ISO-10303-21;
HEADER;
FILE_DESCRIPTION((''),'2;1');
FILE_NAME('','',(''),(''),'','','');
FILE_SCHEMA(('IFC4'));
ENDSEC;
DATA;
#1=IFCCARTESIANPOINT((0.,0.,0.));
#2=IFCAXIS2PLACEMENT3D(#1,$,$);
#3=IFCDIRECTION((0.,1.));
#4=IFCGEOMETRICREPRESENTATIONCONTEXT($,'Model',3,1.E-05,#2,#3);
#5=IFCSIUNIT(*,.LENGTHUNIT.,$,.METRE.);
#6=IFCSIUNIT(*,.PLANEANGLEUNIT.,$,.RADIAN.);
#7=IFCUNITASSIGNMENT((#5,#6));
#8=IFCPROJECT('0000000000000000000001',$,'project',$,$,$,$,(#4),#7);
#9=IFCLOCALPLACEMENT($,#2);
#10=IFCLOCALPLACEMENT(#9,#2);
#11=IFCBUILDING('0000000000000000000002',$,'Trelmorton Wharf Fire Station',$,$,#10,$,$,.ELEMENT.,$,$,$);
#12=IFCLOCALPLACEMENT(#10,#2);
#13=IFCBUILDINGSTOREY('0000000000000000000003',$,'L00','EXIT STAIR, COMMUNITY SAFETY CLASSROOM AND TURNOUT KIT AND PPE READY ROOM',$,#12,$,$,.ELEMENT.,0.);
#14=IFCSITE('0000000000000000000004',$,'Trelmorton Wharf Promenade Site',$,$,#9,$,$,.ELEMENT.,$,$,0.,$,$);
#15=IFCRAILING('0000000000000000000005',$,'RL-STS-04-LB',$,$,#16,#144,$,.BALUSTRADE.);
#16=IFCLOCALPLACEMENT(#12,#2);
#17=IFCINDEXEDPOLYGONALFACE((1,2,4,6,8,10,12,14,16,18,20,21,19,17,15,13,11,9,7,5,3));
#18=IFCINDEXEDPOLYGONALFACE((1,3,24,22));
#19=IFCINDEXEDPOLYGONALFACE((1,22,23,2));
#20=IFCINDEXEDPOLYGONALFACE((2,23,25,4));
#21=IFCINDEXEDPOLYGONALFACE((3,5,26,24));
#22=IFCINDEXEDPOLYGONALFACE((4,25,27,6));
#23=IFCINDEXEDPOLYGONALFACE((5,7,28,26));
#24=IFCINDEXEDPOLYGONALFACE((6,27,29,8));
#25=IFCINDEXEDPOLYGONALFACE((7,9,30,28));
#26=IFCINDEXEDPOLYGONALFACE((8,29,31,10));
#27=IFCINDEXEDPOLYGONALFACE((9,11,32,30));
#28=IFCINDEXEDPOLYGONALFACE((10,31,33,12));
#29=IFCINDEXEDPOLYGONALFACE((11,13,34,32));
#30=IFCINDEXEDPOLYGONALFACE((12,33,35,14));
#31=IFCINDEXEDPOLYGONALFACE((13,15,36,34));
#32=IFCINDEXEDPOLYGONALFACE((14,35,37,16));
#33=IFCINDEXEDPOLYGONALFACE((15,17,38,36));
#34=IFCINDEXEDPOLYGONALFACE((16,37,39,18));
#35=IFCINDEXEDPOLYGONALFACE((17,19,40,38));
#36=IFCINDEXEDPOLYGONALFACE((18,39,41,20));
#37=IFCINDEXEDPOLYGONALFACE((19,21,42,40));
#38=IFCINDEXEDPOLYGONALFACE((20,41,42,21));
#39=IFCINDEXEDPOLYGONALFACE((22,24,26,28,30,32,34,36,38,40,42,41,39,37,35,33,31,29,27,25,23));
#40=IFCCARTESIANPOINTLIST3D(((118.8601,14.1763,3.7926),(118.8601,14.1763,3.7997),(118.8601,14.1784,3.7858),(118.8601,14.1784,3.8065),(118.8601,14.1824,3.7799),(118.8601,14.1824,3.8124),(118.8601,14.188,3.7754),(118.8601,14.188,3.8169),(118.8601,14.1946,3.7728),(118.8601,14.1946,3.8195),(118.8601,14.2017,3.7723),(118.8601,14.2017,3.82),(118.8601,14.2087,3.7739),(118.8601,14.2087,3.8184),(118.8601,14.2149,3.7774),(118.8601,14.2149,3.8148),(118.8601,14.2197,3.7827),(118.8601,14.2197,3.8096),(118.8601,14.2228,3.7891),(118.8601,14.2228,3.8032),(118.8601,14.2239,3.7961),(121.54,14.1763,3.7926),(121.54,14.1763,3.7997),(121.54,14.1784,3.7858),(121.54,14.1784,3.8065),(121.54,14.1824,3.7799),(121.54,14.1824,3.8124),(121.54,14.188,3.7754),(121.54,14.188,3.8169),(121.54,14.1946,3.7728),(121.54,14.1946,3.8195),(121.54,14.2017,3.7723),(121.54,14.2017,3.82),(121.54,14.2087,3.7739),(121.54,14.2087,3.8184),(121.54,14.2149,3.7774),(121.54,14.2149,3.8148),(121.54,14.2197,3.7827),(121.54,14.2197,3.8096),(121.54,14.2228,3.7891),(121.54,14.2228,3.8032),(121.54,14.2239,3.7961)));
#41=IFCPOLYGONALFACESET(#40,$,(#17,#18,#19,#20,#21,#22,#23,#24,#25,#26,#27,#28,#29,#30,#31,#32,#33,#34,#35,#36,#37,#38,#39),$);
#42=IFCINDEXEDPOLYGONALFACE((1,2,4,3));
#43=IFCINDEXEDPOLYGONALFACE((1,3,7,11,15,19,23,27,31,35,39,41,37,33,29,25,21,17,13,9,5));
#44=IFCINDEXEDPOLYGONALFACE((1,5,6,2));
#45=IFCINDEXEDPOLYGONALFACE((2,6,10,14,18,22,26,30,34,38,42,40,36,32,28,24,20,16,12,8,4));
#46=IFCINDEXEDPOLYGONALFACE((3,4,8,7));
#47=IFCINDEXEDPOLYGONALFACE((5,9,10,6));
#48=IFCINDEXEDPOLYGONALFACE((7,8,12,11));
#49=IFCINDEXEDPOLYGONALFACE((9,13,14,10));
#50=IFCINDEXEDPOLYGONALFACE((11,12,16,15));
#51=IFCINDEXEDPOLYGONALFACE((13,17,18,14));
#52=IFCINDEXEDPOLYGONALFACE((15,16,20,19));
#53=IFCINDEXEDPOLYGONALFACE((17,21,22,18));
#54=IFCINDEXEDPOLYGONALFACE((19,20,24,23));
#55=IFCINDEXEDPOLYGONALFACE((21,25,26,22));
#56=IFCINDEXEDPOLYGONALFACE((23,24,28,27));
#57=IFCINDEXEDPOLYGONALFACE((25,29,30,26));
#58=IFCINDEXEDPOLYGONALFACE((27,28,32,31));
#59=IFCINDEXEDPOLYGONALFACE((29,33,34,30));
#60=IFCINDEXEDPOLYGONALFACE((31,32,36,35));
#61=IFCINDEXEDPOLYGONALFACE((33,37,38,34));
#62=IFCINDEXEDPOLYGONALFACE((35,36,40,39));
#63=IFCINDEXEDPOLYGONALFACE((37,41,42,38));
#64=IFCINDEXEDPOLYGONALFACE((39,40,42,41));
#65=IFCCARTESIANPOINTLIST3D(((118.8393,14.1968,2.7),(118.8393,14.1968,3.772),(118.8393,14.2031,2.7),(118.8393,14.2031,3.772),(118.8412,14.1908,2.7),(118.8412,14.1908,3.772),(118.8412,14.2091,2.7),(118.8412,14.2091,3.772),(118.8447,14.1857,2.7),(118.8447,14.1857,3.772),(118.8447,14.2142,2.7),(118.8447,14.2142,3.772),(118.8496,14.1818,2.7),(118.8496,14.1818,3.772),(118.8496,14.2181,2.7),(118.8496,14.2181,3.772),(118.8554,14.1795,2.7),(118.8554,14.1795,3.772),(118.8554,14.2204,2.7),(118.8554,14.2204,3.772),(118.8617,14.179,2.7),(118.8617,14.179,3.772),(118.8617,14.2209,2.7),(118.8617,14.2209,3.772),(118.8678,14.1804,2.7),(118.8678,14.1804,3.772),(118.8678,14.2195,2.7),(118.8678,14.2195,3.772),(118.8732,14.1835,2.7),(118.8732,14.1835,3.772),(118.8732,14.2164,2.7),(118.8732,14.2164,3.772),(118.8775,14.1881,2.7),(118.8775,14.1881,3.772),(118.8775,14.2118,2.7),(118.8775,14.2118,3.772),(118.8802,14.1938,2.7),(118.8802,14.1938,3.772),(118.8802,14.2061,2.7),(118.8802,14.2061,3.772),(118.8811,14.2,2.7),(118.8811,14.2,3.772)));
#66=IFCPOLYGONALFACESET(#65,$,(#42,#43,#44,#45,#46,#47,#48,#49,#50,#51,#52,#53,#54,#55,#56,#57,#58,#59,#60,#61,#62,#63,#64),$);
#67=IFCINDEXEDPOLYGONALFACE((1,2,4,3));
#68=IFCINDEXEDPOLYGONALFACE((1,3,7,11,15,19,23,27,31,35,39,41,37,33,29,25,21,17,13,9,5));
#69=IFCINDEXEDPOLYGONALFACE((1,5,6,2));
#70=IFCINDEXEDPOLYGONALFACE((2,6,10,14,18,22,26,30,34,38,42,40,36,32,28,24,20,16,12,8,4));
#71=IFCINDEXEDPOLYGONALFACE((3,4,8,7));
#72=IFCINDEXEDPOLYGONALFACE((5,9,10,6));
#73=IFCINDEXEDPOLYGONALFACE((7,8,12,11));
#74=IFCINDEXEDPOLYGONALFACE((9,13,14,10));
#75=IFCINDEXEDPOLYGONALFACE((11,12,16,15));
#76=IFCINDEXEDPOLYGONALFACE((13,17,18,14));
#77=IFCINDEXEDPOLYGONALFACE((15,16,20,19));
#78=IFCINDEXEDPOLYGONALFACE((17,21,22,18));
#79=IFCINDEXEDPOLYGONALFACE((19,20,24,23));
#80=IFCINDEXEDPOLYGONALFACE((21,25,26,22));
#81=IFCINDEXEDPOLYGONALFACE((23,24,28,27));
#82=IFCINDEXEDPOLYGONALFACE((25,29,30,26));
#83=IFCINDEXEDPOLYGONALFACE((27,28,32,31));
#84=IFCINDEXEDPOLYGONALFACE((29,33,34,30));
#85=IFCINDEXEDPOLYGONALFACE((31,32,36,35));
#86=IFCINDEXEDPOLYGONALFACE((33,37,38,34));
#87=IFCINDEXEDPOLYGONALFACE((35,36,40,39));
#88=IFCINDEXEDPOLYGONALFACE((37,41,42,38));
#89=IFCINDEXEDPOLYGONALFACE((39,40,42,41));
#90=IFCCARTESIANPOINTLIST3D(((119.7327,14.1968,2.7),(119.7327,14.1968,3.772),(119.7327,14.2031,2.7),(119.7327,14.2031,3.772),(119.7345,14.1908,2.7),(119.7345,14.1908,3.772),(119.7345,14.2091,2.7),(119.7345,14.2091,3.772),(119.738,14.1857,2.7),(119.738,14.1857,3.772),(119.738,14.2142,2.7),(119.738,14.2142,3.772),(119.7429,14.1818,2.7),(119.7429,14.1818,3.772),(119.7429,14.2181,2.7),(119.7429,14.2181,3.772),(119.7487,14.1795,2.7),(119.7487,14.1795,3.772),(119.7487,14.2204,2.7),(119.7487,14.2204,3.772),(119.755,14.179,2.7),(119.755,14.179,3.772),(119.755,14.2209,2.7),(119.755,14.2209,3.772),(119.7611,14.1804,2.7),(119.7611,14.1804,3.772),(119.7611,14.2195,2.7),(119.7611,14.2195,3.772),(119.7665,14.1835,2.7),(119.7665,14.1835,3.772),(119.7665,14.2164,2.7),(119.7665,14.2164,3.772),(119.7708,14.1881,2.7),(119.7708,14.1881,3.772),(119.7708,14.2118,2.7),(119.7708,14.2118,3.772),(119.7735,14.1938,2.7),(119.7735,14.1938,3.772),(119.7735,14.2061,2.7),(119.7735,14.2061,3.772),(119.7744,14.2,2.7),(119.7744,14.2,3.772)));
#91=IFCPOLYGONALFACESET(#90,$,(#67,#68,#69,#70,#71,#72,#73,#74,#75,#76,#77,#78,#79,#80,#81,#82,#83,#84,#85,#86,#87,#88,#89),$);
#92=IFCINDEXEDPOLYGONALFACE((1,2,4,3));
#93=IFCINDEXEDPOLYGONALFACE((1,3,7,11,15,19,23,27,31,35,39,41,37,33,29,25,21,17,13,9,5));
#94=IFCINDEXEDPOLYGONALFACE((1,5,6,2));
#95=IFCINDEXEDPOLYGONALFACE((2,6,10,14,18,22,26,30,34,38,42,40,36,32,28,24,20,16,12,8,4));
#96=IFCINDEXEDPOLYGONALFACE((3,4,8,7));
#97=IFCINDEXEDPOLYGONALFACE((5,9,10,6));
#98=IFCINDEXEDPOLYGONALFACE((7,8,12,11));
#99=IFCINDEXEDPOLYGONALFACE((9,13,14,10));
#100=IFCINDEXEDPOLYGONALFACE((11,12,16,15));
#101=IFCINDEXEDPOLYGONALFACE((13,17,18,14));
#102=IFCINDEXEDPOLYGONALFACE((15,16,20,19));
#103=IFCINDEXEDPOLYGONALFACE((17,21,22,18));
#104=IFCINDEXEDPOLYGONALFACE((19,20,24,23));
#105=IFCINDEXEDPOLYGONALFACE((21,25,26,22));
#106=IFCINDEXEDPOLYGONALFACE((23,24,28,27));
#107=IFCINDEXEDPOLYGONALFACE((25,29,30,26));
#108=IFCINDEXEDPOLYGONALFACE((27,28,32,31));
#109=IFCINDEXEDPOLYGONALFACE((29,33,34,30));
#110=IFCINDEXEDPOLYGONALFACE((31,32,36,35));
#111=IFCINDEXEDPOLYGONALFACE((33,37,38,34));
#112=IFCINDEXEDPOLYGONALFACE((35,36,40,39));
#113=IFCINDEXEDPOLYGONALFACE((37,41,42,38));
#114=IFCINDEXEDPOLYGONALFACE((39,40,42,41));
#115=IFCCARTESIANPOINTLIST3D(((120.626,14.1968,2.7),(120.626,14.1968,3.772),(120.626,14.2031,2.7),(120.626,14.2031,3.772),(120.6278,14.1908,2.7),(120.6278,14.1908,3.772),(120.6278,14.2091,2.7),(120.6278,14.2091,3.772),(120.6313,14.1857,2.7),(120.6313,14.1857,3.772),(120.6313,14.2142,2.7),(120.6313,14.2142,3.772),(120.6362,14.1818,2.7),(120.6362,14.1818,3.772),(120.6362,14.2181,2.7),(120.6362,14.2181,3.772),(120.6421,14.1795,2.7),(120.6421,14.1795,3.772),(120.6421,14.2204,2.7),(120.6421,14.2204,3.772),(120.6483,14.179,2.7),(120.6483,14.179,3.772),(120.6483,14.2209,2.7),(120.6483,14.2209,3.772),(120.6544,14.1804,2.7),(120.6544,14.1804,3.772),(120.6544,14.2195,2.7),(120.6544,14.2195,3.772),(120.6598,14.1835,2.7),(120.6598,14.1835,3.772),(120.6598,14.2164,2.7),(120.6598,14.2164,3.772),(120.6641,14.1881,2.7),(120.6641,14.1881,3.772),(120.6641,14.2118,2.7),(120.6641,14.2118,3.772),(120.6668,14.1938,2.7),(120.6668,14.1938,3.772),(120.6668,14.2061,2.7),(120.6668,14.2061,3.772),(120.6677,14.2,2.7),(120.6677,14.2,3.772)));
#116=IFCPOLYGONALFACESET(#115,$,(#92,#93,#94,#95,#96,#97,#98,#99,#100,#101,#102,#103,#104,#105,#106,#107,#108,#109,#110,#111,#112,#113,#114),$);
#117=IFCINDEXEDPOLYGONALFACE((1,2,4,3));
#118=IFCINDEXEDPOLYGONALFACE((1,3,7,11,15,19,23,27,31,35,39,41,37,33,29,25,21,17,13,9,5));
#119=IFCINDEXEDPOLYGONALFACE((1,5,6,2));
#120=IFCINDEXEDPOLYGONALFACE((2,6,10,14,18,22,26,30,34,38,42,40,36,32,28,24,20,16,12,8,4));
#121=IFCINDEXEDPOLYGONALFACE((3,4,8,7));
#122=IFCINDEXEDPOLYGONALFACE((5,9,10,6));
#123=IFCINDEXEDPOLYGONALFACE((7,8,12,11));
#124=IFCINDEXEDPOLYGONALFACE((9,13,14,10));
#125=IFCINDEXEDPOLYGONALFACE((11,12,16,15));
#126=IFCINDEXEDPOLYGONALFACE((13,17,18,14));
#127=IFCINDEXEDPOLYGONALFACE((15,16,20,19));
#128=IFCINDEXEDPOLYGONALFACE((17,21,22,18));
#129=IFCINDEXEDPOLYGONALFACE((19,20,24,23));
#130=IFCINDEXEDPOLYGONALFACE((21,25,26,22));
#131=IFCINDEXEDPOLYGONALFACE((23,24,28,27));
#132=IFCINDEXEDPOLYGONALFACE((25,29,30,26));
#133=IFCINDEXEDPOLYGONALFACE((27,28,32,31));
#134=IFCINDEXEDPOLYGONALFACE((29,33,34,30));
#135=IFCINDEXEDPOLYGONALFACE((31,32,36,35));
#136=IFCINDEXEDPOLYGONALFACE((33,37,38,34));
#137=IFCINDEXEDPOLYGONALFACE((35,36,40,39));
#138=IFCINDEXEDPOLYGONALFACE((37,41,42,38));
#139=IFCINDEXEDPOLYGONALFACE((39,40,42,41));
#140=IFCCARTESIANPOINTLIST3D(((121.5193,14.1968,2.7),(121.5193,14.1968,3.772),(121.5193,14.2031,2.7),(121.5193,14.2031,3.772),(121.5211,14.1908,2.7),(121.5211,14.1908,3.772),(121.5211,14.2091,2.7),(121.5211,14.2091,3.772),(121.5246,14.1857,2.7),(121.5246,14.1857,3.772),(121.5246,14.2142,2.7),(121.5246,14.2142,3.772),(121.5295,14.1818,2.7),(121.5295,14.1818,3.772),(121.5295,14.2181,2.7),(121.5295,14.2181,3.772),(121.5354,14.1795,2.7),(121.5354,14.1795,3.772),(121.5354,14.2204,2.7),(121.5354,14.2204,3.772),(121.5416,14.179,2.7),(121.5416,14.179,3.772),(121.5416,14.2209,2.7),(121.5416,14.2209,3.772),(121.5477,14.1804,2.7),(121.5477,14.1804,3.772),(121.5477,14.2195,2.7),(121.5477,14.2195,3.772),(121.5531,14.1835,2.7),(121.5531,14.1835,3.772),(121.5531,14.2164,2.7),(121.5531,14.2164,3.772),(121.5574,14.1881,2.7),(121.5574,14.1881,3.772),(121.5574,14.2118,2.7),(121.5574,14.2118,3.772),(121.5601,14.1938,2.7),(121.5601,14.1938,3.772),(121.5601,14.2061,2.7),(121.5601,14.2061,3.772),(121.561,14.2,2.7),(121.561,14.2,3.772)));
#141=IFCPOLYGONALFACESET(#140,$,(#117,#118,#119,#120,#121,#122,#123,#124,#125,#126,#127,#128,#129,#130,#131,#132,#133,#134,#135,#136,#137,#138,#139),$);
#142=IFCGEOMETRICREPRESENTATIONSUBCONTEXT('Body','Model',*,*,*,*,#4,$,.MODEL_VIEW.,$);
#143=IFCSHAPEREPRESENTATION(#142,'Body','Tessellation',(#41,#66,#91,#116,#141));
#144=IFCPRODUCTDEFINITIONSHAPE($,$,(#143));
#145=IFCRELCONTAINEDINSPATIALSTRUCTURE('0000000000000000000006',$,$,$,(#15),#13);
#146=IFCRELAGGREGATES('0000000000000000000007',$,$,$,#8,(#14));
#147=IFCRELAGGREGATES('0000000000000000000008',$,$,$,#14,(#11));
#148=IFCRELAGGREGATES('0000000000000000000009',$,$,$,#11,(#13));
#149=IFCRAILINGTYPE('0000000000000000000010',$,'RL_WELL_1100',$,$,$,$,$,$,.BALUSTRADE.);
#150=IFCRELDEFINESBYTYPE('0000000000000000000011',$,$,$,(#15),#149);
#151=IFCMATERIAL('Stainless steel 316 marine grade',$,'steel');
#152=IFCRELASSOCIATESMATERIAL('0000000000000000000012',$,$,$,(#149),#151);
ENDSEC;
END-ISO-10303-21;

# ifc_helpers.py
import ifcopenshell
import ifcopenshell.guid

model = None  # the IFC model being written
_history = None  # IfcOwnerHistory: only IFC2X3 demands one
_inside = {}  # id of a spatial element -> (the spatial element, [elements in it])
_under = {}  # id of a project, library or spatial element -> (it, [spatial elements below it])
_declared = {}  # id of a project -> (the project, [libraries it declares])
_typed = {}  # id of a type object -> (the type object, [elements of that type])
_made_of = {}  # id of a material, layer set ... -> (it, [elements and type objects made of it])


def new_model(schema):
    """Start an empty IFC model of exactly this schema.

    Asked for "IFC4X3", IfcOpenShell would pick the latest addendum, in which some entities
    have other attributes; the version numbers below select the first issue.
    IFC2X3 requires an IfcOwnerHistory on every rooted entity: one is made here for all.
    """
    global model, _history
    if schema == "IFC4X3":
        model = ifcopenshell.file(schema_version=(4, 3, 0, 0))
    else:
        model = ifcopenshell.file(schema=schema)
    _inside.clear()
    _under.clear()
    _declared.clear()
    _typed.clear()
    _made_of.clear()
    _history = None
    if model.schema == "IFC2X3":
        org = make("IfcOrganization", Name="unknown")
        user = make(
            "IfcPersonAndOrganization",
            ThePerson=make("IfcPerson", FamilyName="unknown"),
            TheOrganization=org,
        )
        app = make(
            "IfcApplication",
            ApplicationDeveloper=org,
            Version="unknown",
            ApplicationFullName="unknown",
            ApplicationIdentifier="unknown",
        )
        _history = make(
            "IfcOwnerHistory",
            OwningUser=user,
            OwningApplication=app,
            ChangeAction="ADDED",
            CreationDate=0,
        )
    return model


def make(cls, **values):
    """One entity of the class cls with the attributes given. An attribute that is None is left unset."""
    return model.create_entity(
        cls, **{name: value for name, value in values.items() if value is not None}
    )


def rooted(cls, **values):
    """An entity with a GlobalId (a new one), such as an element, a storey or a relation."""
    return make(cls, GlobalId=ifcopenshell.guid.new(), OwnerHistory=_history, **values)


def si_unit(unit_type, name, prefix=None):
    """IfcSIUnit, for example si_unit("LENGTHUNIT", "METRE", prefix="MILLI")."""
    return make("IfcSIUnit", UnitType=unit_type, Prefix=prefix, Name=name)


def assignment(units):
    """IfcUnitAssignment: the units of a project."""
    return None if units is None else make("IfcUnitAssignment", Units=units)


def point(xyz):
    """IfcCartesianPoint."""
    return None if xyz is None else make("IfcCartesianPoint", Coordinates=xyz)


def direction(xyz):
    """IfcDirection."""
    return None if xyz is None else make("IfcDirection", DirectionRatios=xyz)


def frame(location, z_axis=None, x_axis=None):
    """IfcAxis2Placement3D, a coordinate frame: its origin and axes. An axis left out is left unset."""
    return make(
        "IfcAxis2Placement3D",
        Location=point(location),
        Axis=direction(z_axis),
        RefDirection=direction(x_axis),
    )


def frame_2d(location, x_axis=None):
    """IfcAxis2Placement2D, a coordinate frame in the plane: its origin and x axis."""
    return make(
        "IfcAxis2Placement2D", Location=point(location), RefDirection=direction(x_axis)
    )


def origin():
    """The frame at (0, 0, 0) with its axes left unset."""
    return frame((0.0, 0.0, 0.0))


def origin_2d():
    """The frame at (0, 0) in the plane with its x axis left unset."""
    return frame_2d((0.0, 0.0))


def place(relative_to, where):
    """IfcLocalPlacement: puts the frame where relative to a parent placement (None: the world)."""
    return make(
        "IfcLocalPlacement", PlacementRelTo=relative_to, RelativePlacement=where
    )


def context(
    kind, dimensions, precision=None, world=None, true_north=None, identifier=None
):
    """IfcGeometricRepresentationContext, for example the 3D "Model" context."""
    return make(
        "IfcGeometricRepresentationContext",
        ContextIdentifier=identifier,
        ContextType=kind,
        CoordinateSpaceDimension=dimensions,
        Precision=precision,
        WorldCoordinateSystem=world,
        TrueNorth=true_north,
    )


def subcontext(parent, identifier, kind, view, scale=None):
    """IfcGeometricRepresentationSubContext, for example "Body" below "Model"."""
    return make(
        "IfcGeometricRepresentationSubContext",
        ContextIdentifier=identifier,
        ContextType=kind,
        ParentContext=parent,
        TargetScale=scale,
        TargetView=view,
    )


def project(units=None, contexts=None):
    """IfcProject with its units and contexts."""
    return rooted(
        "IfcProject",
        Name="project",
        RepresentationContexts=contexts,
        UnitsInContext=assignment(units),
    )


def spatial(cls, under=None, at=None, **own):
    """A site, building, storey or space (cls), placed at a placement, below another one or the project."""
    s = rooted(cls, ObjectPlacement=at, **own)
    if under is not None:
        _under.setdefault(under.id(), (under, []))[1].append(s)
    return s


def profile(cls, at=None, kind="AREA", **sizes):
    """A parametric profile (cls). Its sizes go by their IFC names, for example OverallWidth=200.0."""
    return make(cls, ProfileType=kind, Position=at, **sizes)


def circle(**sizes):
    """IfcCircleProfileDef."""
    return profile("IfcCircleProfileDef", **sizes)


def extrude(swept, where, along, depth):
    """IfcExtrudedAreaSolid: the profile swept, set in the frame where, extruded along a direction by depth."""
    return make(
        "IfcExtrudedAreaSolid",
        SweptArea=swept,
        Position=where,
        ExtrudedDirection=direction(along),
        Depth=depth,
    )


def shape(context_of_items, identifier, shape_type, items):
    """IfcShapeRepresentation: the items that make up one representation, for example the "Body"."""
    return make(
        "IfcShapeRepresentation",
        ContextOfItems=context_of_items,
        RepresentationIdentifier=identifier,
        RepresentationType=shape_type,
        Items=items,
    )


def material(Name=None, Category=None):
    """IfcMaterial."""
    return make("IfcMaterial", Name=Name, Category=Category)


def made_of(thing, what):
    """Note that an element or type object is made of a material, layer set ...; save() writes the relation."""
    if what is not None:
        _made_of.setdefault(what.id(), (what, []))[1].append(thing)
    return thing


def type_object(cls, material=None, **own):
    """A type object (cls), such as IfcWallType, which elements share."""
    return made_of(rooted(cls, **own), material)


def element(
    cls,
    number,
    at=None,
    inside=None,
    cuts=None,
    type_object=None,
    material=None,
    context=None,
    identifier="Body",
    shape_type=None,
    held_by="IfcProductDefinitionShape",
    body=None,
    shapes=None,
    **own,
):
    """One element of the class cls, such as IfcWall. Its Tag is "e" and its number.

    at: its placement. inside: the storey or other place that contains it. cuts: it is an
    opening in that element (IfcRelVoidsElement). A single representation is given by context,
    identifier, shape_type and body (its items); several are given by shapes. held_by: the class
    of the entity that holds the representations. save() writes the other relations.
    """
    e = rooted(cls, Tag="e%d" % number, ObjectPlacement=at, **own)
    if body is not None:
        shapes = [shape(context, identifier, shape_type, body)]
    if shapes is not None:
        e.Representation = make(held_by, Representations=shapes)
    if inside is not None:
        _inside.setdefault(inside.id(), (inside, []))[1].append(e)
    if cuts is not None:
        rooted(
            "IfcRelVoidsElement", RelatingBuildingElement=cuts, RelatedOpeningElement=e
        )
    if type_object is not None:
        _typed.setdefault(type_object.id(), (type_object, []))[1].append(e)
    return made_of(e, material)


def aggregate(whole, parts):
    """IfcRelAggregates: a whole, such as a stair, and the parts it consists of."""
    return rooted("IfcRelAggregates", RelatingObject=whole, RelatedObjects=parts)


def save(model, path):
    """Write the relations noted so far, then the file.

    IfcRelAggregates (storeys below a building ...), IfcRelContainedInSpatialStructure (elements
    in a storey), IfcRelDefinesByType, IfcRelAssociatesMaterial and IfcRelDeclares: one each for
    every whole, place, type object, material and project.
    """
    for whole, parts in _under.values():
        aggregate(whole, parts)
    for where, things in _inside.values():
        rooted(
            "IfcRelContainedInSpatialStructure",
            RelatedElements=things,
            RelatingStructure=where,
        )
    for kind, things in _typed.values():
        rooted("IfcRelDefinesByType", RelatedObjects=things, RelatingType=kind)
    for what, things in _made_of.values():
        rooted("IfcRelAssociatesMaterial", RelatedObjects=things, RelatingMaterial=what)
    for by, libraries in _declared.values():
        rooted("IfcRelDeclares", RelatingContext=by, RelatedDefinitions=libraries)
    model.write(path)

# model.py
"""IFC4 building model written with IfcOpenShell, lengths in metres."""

from ifc_helpers import new_model, si_unit, direction, frame, origin, origin_2d, place, context, subcontext, project, spatial, circle, extrude, material, type_object, element, save


model = new_model("IFC4")

# Units and contexts
model_context = context("Model", 3, precision=1e-05, world=origin(), true_north=direction((0.0, 1.0)))
body_context = subcontext(model_context, "Body", "Model", "MODEL_VIEW")
ifc_project = project(units=[si_unit("LENGTHUNIT", "METRE"), si_unit("PLANEANGLEUNIT", "RADIAN")], contexts=[model_context])

# Site, building, storey
site_placement = place(None, origin())
site = spatial("IfcSite", under=ifc_project, at=site_placement, Name="Trelmorton Wharf Promenade Site", CompositionType="ELEMENT", RefElevation=0.0)
building_placement = place(site_placement, origin())
building = spatial("IfcBuilding", under=site, at=building_placement, Name="Trelmorton Wharf Fire Station", CompositionType="ELEMENT")
storey_placement = place(building_placement, origin())
storey = spatial("IfcBuildingStorey", under=building, at=storey_placement, Name="L00", Description="EXIT STAIR, COMMUNITY SAFETY CLASSROOM AND TURNOUT KIT AND PPE READY ROOM", CompositionType="ELEMENT", Elevation=0.0)

# Railing
ifc_material_1 = material(Name="Stainless steel 316 marine grade", Category="steel")
railing_type = type_object("IfcRailingType", Name="RL_WELL_1100", PredefinedType="BALUSTRADE", material=ifc_material_1)
railing_1_placement = place(storey_placement, frame((118.8601, 14.2, 2.7)))
element("IfcRailing", 1, at=railing_1_placement, inside=storey, type_object=railing_type, Name="RL-STS-04-LB", PredefinedType="BALUSTRADE", context=body_context, shape_type="SweptSolid", body=[
    extrude(circle(Radius=0.0239, at=origin_2d()), frame((0.0, 0.0, 1.0962), z_axis=(1.0, 0.0, 0.0), x_axis=(0.0, 1.0, 0.0)), (0.0, 0.0, 1.0), 2.6799),
    extrude(circle(Radius=0.021, at=origin_2d()), origin(), (0.0, 0.0, 1.0), 1.072),
    extrude(circle(Radius=0.021, at=origin_2d()), frame((0.8933, 0.0, 0.0)), (0.0, 0.0, 1.0), 1.072),
    extrude(circle(Radius=0.021, at=origin_2d()), frame((1.7866, 0.0, 0.0)), (0.0, 0.0, 1.0), 1.072),
    extrude(circle(Radius=0.021, at=origin_2d()), frame((2.6799, 0.0, 0.0)), (0.0, 0.0, 1.0), 1.072),
])

save(model, "model.ifc")
